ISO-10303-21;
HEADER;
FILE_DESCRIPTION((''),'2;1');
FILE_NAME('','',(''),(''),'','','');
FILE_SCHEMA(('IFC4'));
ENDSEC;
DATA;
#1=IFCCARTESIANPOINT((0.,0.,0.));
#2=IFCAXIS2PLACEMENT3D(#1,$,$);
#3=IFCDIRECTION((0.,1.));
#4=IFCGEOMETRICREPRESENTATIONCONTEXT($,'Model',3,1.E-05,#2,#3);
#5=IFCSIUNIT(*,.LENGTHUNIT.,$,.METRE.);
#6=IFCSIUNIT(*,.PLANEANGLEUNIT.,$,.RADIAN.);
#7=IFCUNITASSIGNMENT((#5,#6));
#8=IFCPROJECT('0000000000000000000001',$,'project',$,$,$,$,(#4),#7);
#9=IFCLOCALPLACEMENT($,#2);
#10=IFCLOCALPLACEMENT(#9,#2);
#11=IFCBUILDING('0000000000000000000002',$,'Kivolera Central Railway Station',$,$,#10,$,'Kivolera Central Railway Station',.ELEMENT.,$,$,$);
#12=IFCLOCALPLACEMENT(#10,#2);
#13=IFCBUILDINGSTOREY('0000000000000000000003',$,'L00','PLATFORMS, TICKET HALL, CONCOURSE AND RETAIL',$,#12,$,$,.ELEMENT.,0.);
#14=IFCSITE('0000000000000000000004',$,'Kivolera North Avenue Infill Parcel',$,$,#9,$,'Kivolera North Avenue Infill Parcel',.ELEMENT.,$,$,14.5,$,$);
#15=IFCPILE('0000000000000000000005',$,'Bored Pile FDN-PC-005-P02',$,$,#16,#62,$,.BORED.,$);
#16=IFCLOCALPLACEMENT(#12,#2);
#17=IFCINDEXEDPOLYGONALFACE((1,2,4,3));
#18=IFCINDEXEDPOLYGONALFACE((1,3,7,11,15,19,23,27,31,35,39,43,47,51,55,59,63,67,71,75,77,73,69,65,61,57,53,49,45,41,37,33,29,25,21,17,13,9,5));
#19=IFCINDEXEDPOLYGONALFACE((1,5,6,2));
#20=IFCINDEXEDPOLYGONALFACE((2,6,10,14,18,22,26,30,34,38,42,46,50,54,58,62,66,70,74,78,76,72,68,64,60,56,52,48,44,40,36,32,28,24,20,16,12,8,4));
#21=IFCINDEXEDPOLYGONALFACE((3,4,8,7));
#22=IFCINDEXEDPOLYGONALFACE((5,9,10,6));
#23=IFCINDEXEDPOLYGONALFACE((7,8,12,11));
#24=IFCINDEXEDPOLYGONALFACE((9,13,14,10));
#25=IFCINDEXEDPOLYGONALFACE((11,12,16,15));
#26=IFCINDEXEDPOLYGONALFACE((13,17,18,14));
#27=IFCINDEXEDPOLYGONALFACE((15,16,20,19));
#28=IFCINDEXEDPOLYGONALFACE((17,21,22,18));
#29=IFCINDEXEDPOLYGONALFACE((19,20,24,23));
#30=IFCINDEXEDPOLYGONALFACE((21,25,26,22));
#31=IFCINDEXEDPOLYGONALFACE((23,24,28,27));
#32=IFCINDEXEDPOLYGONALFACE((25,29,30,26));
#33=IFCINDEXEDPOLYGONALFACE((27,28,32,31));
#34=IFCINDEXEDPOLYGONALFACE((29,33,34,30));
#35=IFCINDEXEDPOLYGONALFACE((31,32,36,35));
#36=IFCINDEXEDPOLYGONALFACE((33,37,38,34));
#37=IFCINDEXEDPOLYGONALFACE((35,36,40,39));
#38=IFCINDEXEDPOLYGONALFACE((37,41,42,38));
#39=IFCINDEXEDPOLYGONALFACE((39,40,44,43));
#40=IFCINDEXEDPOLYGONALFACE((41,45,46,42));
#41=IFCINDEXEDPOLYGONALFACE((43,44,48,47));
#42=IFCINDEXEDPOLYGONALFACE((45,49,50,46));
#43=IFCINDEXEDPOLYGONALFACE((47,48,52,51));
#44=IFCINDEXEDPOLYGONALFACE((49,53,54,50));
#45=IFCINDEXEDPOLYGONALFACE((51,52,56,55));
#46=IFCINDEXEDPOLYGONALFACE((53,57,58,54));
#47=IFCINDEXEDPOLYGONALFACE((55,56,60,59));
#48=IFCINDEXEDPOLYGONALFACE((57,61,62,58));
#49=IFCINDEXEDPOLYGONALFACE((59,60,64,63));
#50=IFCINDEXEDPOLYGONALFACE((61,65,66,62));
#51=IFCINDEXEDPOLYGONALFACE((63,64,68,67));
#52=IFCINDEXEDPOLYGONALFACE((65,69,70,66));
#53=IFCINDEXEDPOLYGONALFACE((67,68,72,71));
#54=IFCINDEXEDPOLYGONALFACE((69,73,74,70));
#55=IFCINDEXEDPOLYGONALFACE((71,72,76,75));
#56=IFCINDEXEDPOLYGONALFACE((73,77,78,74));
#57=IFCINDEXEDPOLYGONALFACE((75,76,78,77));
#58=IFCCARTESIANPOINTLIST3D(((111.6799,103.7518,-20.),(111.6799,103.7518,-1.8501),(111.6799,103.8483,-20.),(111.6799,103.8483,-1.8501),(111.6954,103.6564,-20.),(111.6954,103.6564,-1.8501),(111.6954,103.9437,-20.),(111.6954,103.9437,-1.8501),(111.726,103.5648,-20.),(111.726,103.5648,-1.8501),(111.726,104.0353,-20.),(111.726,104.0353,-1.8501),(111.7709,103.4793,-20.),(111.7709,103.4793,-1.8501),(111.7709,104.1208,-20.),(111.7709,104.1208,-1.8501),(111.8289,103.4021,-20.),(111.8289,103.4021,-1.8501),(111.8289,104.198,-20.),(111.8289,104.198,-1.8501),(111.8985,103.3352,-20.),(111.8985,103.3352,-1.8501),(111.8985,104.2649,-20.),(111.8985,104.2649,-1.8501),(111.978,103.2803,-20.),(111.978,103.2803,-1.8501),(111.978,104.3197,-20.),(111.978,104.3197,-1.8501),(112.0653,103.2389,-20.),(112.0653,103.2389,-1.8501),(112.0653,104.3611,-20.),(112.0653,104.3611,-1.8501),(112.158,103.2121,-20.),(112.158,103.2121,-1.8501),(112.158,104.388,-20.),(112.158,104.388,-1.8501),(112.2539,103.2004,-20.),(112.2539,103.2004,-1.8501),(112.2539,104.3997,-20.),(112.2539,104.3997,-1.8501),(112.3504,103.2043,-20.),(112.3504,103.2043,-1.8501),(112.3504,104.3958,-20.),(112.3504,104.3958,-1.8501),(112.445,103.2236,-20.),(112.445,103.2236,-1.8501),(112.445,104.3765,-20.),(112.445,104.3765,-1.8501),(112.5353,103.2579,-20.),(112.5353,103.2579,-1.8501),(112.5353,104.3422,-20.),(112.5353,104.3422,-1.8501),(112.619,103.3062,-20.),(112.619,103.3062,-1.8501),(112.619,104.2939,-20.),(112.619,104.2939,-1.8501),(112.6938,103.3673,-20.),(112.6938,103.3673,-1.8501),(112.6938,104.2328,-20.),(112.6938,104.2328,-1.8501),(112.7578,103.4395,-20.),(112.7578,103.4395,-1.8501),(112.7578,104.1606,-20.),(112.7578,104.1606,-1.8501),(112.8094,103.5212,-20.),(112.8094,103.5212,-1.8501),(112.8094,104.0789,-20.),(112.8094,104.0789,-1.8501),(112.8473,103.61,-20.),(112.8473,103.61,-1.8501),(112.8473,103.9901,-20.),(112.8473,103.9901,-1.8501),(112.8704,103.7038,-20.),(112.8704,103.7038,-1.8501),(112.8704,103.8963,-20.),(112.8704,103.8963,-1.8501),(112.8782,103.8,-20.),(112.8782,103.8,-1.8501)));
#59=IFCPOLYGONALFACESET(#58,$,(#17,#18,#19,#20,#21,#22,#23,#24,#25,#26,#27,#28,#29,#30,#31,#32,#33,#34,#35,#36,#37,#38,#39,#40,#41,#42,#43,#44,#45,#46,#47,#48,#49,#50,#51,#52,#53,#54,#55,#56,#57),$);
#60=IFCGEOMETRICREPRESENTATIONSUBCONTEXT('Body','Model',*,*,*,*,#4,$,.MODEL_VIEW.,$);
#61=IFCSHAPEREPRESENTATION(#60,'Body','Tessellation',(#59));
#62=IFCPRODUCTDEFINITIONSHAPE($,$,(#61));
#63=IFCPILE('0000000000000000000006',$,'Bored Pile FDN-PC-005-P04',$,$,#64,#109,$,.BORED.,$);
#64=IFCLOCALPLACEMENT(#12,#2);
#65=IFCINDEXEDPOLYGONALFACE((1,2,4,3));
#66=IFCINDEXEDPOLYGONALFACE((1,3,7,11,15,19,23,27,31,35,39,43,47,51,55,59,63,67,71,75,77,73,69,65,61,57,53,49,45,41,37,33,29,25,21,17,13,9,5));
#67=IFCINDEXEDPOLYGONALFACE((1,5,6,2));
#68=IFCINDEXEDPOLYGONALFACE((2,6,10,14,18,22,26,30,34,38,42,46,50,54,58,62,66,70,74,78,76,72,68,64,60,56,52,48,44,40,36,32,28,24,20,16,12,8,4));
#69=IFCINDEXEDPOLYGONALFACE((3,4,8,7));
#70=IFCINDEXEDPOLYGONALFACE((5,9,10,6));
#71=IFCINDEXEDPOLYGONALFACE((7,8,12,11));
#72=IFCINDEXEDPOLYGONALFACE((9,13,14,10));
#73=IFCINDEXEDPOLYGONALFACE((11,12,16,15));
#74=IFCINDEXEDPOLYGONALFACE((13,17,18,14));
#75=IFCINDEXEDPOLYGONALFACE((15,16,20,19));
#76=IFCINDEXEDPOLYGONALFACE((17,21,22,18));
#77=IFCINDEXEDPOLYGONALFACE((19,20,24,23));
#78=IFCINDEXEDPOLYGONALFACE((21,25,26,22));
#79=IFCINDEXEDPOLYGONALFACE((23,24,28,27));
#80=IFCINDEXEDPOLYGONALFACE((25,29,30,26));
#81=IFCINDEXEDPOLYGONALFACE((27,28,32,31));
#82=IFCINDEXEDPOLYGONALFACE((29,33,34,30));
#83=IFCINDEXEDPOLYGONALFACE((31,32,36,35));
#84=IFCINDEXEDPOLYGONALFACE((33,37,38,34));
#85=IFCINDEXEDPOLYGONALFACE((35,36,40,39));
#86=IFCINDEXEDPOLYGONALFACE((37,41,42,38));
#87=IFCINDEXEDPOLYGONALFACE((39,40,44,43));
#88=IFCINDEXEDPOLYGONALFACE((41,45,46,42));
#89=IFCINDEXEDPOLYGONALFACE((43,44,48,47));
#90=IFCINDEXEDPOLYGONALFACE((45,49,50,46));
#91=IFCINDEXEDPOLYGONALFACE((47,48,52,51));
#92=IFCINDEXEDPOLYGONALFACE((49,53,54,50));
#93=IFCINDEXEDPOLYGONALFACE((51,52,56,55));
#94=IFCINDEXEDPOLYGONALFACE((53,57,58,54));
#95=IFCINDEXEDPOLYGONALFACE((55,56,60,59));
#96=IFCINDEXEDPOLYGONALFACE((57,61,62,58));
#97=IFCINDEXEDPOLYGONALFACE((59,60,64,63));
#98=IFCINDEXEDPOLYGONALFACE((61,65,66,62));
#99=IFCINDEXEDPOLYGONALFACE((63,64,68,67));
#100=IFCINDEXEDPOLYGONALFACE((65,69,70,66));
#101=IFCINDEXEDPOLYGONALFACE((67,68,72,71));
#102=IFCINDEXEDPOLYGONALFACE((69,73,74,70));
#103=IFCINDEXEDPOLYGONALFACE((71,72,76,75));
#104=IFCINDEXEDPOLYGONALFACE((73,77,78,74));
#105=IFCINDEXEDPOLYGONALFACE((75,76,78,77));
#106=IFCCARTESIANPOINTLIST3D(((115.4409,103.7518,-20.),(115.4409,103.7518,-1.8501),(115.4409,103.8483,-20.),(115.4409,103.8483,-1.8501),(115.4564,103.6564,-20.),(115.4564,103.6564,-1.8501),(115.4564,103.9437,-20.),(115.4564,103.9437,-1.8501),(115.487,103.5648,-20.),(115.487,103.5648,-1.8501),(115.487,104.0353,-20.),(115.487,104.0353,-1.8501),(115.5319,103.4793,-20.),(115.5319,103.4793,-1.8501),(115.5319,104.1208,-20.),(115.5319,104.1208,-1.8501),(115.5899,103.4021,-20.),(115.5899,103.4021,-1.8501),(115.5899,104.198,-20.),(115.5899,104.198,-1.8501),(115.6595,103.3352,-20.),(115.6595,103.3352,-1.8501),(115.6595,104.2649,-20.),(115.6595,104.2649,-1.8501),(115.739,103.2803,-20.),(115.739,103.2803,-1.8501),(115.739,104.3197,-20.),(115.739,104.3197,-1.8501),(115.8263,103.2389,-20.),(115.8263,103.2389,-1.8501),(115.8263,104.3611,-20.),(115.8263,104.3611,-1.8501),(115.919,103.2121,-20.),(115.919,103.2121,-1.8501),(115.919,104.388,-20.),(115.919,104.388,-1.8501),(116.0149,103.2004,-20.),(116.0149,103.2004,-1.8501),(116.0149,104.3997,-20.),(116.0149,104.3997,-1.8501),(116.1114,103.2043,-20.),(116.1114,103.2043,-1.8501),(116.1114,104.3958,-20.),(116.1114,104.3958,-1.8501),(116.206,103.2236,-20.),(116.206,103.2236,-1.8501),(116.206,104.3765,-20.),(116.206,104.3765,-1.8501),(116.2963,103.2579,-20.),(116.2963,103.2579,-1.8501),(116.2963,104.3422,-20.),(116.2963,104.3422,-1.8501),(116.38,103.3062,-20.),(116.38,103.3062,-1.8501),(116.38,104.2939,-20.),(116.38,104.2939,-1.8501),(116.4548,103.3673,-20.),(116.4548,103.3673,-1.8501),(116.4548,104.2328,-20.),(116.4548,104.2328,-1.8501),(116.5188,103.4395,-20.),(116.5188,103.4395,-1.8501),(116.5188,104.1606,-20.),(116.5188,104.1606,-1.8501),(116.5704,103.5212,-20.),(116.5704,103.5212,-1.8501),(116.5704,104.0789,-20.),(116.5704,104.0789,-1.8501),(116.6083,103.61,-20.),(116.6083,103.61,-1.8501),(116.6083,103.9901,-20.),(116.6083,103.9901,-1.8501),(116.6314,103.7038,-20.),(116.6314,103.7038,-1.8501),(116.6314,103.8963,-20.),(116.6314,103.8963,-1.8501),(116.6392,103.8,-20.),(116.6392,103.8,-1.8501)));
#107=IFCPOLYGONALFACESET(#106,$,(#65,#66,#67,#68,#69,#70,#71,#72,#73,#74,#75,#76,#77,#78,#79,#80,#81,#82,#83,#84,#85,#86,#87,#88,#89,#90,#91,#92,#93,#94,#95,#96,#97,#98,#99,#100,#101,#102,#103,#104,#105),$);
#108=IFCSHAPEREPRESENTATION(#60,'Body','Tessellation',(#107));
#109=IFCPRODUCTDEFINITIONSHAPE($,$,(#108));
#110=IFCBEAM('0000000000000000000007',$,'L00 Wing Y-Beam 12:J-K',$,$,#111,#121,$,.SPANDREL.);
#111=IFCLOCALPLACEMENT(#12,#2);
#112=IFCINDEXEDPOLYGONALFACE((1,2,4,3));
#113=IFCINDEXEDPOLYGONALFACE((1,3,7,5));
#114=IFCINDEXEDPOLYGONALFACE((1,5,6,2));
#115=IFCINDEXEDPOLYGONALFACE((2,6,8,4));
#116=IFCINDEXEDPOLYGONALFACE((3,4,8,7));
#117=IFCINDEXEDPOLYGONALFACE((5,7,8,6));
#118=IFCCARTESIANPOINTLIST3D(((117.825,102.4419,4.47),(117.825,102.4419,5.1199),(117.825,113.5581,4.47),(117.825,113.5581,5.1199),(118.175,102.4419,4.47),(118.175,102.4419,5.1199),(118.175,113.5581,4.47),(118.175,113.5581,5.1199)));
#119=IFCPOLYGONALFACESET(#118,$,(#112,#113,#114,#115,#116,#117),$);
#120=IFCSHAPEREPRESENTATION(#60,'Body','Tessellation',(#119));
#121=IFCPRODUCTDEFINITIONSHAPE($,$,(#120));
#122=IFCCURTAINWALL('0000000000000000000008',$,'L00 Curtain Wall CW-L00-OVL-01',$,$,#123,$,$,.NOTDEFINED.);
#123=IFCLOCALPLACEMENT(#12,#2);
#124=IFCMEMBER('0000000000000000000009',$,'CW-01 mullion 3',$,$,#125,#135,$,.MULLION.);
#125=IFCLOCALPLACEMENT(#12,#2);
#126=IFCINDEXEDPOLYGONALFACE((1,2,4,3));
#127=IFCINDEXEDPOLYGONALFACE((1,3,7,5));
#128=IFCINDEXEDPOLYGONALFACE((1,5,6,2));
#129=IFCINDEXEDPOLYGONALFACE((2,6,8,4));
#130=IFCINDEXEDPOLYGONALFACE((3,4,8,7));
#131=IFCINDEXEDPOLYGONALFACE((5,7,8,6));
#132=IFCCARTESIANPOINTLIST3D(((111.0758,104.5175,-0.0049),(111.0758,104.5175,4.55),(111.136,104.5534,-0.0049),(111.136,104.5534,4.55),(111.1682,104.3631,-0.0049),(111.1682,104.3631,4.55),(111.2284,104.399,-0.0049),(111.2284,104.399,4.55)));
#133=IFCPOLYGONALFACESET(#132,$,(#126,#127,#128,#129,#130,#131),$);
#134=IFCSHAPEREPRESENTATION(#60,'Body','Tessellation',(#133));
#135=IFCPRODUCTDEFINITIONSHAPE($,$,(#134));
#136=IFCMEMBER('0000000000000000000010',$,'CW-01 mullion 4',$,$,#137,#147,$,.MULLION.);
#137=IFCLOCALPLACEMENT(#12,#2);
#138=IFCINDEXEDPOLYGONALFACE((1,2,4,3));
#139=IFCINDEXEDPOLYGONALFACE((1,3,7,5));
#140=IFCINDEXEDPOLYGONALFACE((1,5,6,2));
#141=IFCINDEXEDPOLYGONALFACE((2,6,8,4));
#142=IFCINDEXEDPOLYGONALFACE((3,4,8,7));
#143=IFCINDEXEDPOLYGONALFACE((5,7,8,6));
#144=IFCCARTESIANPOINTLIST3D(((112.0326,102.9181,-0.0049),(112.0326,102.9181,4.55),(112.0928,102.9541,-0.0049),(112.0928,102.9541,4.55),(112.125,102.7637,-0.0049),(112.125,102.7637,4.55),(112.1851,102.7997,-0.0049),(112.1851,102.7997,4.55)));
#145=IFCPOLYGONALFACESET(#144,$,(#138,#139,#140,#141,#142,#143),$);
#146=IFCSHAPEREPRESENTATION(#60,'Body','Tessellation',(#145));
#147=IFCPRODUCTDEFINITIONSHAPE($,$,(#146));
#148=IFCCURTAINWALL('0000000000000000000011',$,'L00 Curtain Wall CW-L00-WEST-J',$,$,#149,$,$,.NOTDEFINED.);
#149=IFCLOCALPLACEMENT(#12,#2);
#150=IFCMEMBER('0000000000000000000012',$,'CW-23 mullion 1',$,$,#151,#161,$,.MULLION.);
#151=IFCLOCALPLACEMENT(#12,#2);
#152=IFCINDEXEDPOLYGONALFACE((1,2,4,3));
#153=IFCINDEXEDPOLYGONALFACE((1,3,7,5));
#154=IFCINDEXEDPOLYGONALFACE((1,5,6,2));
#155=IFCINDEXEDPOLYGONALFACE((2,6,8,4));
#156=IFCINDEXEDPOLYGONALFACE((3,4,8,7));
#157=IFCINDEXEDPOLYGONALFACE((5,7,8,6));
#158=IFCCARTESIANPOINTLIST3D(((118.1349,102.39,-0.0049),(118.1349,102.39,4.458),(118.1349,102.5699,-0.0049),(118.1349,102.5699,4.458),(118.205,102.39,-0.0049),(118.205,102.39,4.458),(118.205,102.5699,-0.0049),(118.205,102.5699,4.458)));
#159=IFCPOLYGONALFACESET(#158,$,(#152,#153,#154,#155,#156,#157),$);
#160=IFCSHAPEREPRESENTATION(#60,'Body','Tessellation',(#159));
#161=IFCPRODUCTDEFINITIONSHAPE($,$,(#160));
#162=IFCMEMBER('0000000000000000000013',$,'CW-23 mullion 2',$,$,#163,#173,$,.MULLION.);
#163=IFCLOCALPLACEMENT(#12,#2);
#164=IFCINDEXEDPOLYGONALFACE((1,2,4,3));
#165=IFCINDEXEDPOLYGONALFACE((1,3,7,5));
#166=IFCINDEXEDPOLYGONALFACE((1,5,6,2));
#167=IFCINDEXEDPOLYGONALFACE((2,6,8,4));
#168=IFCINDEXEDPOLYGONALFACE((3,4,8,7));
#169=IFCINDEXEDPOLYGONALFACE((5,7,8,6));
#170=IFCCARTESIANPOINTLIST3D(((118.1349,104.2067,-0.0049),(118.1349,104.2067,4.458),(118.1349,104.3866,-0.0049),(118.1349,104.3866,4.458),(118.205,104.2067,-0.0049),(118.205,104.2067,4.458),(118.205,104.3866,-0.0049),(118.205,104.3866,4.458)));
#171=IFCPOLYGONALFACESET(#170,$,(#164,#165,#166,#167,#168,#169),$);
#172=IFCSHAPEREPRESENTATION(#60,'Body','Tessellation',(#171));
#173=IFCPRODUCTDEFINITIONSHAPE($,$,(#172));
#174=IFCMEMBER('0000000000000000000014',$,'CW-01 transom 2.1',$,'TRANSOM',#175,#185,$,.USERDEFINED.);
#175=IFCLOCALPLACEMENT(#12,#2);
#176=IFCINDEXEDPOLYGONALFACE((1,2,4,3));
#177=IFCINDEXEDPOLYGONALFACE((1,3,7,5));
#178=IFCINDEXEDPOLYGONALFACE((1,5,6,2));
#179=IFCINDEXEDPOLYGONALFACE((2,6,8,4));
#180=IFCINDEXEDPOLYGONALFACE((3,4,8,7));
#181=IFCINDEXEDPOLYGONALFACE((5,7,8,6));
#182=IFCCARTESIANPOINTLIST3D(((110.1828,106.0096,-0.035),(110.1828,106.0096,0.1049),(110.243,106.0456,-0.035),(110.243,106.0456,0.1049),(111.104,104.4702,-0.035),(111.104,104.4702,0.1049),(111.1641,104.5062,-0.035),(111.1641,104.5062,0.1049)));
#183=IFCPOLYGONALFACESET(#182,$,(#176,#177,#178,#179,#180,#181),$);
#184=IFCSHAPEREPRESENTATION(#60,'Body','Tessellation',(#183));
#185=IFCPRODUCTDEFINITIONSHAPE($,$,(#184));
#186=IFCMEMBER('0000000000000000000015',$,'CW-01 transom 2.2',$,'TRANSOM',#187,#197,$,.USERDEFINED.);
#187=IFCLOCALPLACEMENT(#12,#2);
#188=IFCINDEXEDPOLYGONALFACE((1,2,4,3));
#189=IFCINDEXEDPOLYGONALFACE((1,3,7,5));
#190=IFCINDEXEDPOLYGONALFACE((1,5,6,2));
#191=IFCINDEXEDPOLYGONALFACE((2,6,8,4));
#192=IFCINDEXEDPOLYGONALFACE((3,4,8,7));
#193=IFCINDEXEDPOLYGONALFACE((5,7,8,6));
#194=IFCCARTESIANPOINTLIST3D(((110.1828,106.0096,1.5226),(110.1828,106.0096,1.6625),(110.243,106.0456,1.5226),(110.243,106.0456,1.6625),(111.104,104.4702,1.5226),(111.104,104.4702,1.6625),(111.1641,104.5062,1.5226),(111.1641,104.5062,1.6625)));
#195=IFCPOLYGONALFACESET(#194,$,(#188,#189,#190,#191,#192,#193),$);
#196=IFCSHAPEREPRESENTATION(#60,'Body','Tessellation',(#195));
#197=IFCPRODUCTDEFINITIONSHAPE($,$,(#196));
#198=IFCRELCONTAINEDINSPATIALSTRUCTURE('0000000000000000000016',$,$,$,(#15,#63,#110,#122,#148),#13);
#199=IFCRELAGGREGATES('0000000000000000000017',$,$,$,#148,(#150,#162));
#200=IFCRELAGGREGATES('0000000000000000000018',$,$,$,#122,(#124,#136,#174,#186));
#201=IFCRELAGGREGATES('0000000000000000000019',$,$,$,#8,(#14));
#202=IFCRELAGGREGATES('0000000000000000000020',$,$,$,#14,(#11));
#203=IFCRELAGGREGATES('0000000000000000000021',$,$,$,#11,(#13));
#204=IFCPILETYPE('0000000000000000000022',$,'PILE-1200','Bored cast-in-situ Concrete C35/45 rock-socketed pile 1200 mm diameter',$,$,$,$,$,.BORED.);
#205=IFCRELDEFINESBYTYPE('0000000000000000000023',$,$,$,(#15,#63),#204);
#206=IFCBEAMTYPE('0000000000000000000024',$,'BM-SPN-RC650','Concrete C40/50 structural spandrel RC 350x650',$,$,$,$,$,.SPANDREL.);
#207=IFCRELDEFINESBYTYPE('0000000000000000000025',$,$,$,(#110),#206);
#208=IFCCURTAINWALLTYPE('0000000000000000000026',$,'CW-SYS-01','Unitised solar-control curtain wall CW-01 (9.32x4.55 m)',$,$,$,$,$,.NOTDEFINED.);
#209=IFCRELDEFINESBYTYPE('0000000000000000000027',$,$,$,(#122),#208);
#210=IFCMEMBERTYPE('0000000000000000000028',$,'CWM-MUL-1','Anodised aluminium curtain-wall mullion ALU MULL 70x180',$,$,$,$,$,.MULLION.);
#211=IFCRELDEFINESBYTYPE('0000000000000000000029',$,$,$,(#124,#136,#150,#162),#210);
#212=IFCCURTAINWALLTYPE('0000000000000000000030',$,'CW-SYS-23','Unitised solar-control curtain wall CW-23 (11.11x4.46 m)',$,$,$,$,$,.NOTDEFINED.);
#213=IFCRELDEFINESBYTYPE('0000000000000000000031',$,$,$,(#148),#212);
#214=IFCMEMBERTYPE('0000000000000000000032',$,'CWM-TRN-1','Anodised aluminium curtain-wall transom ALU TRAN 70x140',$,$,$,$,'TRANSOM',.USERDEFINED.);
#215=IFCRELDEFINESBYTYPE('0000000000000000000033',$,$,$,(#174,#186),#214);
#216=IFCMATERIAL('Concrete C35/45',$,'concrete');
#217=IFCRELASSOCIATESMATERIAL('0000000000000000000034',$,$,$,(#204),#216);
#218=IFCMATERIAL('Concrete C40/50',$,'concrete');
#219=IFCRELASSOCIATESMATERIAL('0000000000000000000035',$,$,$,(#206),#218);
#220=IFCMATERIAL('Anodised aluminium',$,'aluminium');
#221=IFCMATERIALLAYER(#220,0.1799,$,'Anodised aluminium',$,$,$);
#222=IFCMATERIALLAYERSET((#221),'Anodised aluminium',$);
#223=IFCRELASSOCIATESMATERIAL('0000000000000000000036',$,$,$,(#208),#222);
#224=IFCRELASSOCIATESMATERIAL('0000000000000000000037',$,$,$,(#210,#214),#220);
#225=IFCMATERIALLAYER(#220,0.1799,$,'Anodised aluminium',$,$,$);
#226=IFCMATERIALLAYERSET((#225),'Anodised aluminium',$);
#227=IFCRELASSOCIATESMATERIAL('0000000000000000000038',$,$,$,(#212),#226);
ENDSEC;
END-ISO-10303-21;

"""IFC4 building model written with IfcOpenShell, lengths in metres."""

from ifc_helpers import new_model, si_unit, direction, frame, origin, origin_2d, place, context, subcontext, project, spatial, rectangle, circle, extrude, material, layer, layer_set, material_profile, profile_set, type_object, element, aggregate, save


model = new_model("IFC4")

# Units and contexts
model_context = context("Model", 3, precision=1e-05, world=origin(), true_north=direction((0.0, 1.0)))
body_context = subcontext(model_context, "Body", "Model", "MODEL_VIEW")
ifc_project = project(units=[si_unit("LENGTHUNIT", "METRE"), si_unit("PLANEANGLEUNIT", "RADIAN")], contexts=[model_context])

# Site, building, storey
site_placement = place(None, origin())
site = spatial("IfcSite", under=ifc_project, at=site_placement, Name="Kivolera North Avenue Infill Parcel", LongName="Kivolera North Avenue Infill Parcel", CompositionType="ELEMENT", RefElevation=14.5)
building_placement = place(site_placement, origin())
building = spatial("IfcBuilding", under=site, at=building_placement, Name="Kivolera Central Railway Station", LongName="Kivolera Central Railway Station", CompositionType="ELEMENT")
storey_placement = place(building_placement, origin())
storey = spatial("IfcBuildingStorey", under=building, at=storey_placement, Name="L00", Description="PLATFORMS, TICKET HALL, CONCOURSE AND RETAIL", CompositionType="ELEMENT", Elevation=0.0)

# Piles
ifc_material_1 = material(Name="Concrete C35/45", Category="concrete")
ifc_material_profile_1 = material_profile(ifc_material_1, circle(Radius=0.6001, at=origin_2d()), Name="PILE D1200")
ifc_profile_set_1 = profile_set([ifc_material_profile_1], Name="Concrete C35/45")
pile_type = type_object("IfcPileType", Name="PILE-1200", Description="Bored cast-in-situ Concrete C35/45 rock-socketed pile 1200 mm diameter", PredefinedType="BORED", material=ifc_profile_set_1)
for number, where, z_axis, x_axis, name in (
    (1, (112.2781, 103.8, -1.8501), (0.0, 0.0, -1.0), (1.0, 0.0, 0.0), "Bored Pile FDN-PC-005-P02"),
    (2, (116.0391, 103.8, -1.8501), (0.0, 0.0, -1.0), (1.0, 0.0, 0.0), "Bored Pile FDN-PC-005-P04"),
):
    element("IfcPile", number, at=place(storey_placement, frame(where, z_axis=z_axis, x_axis=x_axis)), inside=storey, type_object=pile_type, Name=name, PredefinedType="BORED", context=body_context, shape_type="SweptSolid", body=[
        extrude(circle(Radius=0.6001, at=origin_2d()), origin(), (0.0, 0.0, 1.0), 18.1499),
    ])

# Beam
ifc_material_2 = material(Name="Concrete C40/50", Category="concrete")
ifc_material_profile_2 = material_profile(ifc_material_2, rectangle(XDim=0.3501, YDim=0.6499, at=origin_2d()), Name="RC 350x650")
ifc_profile_set_2 = profile_set([ifc_material_profile_2], Name="Concrete C40/50")
beam_type = type_object("IfcBeamType", Name="BM-SPN-RC650", Description="Concrete C40/50 structural spandrel RC 350x650", PredefinedType="SPANDREL", material=ifc_profile_set_2)
beam_placement = place(storey_placement, frame((118.0, 102.4419, 4.7949), z_axis=(0.0, 1.0, 0.0), x_axis=(-1.0, 0.0, 0.0)))
element("IfcBeam", 3, at=beam_placement, inside=storey, type_object=beam_type, Name="L00 Wing Y-Beam 12:J-K", PredefinedType="SPANDREL", context=body_context, shape_type="SweptSolid", body=[
    extrude(rectangle(XDim=0.3501, YDim=0.6499, at=origin_2d()), origin(), (0.0, 0.0, 1.0), 11.1162),
])

# Curtain walls, members
ifc_material_3 = material(Name="Anodised aluminium", Category="aluminium")
ifc_layer_1 = layer(ifc_material_3, 0.1799, Name="Anodised aluminium")
ifc_layer_set_1 = layer_set([ifc_layer_1], Name="Anodised aluminium")
curtain_wall_type_1 = type_object("IfcCurtainWallType", Name="CW-SYS-01", Description="Unitised solar-control curtain wall CW-01 (9.32x4.55 m)", PredefinedType="NOTDEFINED", material=ifc_layer_set_1)
curtain_wall_1_placement = place(storey_placement, origin())
curtain_wall_1 = element("IfcCurtainWall", 4, at=curtain_wall_1_placement, inside=storey, type_object=curtain_wall_type_1, Name="L00 Curtain Wall CW-L00-OVL-01", PredefinedType="NOTDEFINED")
ifc_material_profile_3 = material_profile(ifc_material_3, rectangle(XDim=0.0701, YDim=0.1799, at=origin_2d()), Name="ALU MULL 70x180")
ifc_profile_set_3 = profile_set([ifc_material_profile_3], Name="Anodised aluminium")
member_type_1 = type_object("IfcMemberType", Name="CWM-MUL-1", Description="Anodised aluminium curtain-wall mullion ALU MULL 70x180", PredefinedType="MULLION", material=ifc_profile_set_3)
member_1_placement = place(storey_placement, frame((111.1521, 104.4583, -0.0049), z_axis=(0.0, 0.0, 1.0), x_axis=(0.858117, 0.513454, 0.0)))
member_1 = element("IfcMember", 5, at=member_1_placement, type_object=member_type_1, Name="CW-01 mullion 3", PredefinedType="MULLION", context=body_context, shape_type="SweptSolid", body=[
    extrude(rectangle(XDim=0.0701, YDim=0.1799, at=origin_2d()), origin(), (0.0, 0.0, 1.0), 4.5549),
])
member_2_placement = place(storey_placement, frame((112.1089, 102.8589, -0.0049), z_axis=(0.0, 0.0, 1.0), x_axis=(0.858117, 0.513454, 0.0)))
member_2 = element("IfcMember", 6, at=member_2_placement, type_object=member_type_1, Name="CW-01 mullion 4", PredefinedType="MULLION", context=body_context, shape_type="SweptSolid", body=[
    extrude(rectangle(XDim=0.0701, YDim=0.1799, at=origin_2d()), origin(), (0.0, 0.0, 1.0), 4.5549),
])
ifc_layer_2 = layer(ifc_material_3, 0.1799, Name="Anodised aluminium")
ifc_layer_set_2 = layer_set([ifc_layer_2], Name="Anodised aluminium")
curtain_wall_type_2 = type_object("IfcCurtainWallType", Name="CW-SYS-23", Description="Unitised solar-control curtain wall CW-23 (11.11x4.46 m)", PredefinedType="NOTDEFINED", material=ifc_layer_set_2)
curtain_wall_2_placement = place(storey_placement, origin())
curtain_wall_2 = element("IfcCurtainWall", 7, at=curtain_wall_2_placement, inside=storey, type_object=curtain_wall_type_2, Name="L00 Curtain Wall CW-L00-WEST-J", PredefinedType="NOTDEFINED")
member_3_placement = place(storey_placement, frame((118.1699, 102.48, -0.0049), z_axis=(0.0, 0.0, 1.0), x_axis=(-1.0, 0.0, 0.0)))
member_3 = element("IfcMember", 8, at=member_3_placement, type_object=member_type_1, Name="CW-23 mullion 1", PredefinedType="MULLION", context=body_context, shape_type="SweptSolid", body=[
    extrude(rectangle(XDim=0.0701, YDim=0.1799, at=origin_2d()), origin(), (0.0, 0.0, 1.0), 4.4629),
])
member_4_placement = place(storey_placement, frame((118.1699, 104.2966, -0.0049), z_axis=(0.0, 0.0, 1.0), x_axis=(-1.0, 0.0, 0.0)))
member_4 = element("IfcMember", 9, at=member_4_placement, type_object=member_type_1, Name="CW-23 mullion 2", PredefinedType="MULLION", context=body_context, shape_type="SweptSolid", body=[
    extrude(rectangle(XDim=0.0701, YDim=0.1799, at=origin_2d()), origin(), (0.0, 0.0, 1.0), 4.4629),
])
aggregate(curtain_wall_2, [member_3, member_4])

# Members
ifc_material_profile_4 = material_profile(ifc_material_3, rectangle(XDim=0.0701, YDim=0.1399, at=origin_2d()), Name="ALU TRAN 70x140")
ifc_profile_set_4 = profile_set([ifc_material_profile_4], Name="Anodised aluminium")
member_type_2 = type_object("IfcMemberType", Name="CWM-TRN-1", Description="Anodised aluminium curtain-wall transom ALU TRAN 70x140", ElementType="TRANSOM", PredefinedType="USERDEFINED", material=ifc_profile_set_4)
member_5_placement = place(storey_placement, frame((110.2129, 106.0276, 0.0349), z_axis=(0.513495, -0.858093, 0.0), x_axis=(0.858093, 0.513495, 0.0)))
member_5 = element("IfcMember", 10, at=member_5_placement, type_object=member_type_2, Name="CW-01 transom 2.1", ObjectType="TRANSOM", PredefinedType="USERDEFINED", context=body_context, shape_type="SweptSolid", body=[
    extrude(rectangle(XDim=0.0701, YDim=0.1399, at=origin_2d()), origin(), (0.0, 0.0, 1.0), 1.7939),
])
member_6_placement = place(storey_placement, frame((110.2129, 106.0276, 1.5925), z_axis=(0.513495, -0.858093, 0.0), x_axis=(0.858093, 0.513495, 0.0)))
member_6 = element("IfcMember", 11, at=member_6_placement, type_object=member_type_2, Name="CW-01 transom 2.2", ObjectType="TRANSOM", PredefinedType="USERDEFINED", context=body_context, shape_type="SweptSolid", body=[
    extrude(rectangle(XDim=0.0701, YDim=0.1399, at=origin_2d()), origin(), (0.0, 0.0, 1.0), 1.7939),
])

aggregate(curtain_wall_1, [member_1, member_2, member_5, member_6])

save(model, "model.ifc")
